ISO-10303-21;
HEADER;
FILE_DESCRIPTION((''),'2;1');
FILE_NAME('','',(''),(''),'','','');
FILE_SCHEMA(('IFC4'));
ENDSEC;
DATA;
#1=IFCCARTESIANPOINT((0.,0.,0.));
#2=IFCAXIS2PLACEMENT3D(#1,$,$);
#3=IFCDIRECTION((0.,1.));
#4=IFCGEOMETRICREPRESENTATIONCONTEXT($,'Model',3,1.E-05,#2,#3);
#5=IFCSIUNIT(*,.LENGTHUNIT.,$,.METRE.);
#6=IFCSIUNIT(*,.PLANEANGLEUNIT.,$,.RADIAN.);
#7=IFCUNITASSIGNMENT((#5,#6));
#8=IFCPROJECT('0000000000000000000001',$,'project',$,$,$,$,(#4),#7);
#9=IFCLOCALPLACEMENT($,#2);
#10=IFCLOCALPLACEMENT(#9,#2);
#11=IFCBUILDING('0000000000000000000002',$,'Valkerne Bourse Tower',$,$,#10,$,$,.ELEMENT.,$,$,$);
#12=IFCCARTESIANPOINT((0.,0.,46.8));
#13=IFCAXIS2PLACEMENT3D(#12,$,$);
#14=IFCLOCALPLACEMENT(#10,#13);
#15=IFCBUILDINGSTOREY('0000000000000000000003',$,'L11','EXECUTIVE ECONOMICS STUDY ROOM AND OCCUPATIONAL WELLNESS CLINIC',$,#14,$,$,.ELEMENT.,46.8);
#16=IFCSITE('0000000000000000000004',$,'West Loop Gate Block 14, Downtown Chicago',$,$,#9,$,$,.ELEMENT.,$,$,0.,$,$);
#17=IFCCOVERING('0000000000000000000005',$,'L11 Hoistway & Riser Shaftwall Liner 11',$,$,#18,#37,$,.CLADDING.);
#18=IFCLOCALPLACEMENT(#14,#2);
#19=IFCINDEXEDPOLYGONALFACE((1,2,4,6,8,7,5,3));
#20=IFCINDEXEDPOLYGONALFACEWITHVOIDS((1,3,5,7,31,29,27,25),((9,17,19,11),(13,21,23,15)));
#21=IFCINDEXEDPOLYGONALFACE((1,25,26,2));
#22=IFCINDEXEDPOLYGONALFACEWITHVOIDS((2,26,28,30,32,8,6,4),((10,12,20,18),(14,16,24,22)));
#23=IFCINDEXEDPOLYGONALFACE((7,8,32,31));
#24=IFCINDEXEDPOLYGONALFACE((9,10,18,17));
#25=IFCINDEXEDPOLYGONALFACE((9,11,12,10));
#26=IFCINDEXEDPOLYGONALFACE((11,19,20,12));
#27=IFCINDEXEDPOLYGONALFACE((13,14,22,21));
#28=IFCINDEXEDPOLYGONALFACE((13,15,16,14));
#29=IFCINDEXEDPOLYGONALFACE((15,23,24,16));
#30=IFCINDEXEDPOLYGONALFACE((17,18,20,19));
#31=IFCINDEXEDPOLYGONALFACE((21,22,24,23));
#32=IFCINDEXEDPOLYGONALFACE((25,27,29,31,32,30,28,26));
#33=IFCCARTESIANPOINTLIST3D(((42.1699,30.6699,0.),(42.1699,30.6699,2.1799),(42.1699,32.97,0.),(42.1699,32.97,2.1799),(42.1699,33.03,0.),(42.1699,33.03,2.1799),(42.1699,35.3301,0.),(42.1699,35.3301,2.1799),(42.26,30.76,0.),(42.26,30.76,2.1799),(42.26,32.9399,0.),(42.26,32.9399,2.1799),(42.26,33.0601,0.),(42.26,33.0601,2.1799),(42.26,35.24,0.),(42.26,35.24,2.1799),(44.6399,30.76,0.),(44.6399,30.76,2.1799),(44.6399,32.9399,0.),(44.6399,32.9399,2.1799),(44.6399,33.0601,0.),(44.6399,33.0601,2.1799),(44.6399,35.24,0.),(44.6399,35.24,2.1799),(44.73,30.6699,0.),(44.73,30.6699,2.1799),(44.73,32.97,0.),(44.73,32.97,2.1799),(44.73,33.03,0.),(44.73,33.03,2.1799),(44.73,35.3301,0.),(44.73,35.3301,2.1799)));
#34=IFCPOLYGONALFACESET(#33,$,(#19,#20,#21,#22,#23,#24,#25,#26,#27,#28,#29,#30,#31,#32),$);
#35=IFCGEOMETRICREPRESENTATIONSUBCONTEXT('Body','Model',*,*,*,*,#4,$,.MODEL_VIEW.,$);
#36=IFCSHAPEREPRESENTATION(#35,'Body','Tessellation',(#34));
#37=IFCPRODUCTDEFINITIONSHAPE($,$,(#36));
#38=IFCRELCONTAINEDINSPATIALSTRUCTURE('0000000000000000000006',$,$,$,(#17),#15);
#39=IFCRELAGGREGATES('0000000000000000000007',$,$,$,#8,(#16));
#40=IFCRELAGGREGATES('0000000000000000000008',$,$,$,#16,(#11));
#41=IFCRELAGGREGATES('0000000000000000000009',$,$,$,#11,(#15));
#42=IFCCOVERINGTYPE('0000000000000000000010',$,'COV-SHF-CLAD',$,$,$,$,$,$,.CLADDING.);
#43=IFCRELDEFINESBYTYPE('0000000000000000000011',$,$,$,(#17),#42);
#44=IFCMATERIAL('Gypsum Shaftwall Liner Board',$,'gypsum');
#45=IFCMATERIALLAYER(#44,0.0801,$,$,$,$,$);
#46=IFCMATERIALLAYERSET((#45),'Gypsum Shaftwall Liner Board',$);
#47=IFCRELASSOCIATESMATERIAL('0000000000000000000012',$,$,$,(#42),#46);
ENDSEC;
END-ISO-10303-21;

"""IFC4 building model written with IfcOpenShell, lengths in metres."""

from ifc_helpers import new_model, si_unit, direction, frame, origin, place, context, subcontext, project, spatial, polyline, outline, extrude, material, layer, layer_set, type_object, element, save


model = new_model("IFC4")

# Units and contexts
model_context = context("Model", 3, precision=1e-05, world=origin(), true_north=direction((0.0, 1.0)))
body_context = subcontext(model_context, "Body", "Model", "MODEL_VIEW")
ifc_project = project(units=[si_unit("LENGTHUNIT", "METRE"), si_unit("PLANEANGLEUNIT", "RADIAN")], contexts=[model_context])

# Site, building, storey
site_placement = place(None, origin())
site = spatial("IfcSite", under=ifc_project, at=site_placement, Name="West Loop Gate Block 14, Downtown Chicago", CompositionType="ELEMENT", RefElevation=0.0)
building_placement = place(site_placement, origin())
building = spatial("IfcBuilding", under=site, at=building_placement, Name="Valkerne Bourse Tower", CompositionType="ELEMENT")
storey_placement = place(building_placement, frame((0.0, 0.0, 46.8)))
storey = spatial("IfcBuildingStorey", under=building, at=storey_placement, Name="L11", Description="EXECUTIVE ECONOMICS STUDY ROOM AND OCCUPATIONAL WELLNESS CLINIC", CompositionType="ELEMENT", Elevation=46.8)

# Covering
ifc_material_1 = material(Name="Gypsum Shaftwall Liner Board", Category="gypsum")
ifc_layer_1 = layer(ifc_material_1, 0.0801)
ifc_layer_set_1 = layer_set([ifc_layer_1], Name="Gypsum Shaftwall Liner Board")
covering_type_1 = type_object("IfcCoveringType", Name="COV-SHF-CLAD", PredefinedType="CLADDING", material=ifc_layer_set_1)
covering_1_placement = place(storey_placement, origin())
element("IfcCovering", 1, at=covering_1_placement, inside=storey, type_object=covering_type_1, Name="L11 Hoistway & Riser Shaftwall Liner 11", PredefinedType="CLADDING", context=body_context, shape_type="SweptSolid", body=[
    extrude(outline(polyline([(44.73, 35.3301), (44.73, 33.03), (44.73, 32.97), (44.73, 30.6699), (42.1699, 30.6699), (42.1699, 32.97), (42.1699, 33.03), (42.1699, 35.3301), (44.73, 35.3301)]), holes=[polyline([(42.26, 30.76), (44.6399, 30.76), (44.6399, 32.9399), (42.26, 32.9399), (42.26, 30.76)]), polyline([(42.26, 33.0601), (44.6399, 33.0601), (44.6399, 35.24), (42.26, 35.24), (42.26, 33.0601)])]), origin(), (0.0, 0.0, 1.0), 2.1799),
])

save(model, "model.ifc")
